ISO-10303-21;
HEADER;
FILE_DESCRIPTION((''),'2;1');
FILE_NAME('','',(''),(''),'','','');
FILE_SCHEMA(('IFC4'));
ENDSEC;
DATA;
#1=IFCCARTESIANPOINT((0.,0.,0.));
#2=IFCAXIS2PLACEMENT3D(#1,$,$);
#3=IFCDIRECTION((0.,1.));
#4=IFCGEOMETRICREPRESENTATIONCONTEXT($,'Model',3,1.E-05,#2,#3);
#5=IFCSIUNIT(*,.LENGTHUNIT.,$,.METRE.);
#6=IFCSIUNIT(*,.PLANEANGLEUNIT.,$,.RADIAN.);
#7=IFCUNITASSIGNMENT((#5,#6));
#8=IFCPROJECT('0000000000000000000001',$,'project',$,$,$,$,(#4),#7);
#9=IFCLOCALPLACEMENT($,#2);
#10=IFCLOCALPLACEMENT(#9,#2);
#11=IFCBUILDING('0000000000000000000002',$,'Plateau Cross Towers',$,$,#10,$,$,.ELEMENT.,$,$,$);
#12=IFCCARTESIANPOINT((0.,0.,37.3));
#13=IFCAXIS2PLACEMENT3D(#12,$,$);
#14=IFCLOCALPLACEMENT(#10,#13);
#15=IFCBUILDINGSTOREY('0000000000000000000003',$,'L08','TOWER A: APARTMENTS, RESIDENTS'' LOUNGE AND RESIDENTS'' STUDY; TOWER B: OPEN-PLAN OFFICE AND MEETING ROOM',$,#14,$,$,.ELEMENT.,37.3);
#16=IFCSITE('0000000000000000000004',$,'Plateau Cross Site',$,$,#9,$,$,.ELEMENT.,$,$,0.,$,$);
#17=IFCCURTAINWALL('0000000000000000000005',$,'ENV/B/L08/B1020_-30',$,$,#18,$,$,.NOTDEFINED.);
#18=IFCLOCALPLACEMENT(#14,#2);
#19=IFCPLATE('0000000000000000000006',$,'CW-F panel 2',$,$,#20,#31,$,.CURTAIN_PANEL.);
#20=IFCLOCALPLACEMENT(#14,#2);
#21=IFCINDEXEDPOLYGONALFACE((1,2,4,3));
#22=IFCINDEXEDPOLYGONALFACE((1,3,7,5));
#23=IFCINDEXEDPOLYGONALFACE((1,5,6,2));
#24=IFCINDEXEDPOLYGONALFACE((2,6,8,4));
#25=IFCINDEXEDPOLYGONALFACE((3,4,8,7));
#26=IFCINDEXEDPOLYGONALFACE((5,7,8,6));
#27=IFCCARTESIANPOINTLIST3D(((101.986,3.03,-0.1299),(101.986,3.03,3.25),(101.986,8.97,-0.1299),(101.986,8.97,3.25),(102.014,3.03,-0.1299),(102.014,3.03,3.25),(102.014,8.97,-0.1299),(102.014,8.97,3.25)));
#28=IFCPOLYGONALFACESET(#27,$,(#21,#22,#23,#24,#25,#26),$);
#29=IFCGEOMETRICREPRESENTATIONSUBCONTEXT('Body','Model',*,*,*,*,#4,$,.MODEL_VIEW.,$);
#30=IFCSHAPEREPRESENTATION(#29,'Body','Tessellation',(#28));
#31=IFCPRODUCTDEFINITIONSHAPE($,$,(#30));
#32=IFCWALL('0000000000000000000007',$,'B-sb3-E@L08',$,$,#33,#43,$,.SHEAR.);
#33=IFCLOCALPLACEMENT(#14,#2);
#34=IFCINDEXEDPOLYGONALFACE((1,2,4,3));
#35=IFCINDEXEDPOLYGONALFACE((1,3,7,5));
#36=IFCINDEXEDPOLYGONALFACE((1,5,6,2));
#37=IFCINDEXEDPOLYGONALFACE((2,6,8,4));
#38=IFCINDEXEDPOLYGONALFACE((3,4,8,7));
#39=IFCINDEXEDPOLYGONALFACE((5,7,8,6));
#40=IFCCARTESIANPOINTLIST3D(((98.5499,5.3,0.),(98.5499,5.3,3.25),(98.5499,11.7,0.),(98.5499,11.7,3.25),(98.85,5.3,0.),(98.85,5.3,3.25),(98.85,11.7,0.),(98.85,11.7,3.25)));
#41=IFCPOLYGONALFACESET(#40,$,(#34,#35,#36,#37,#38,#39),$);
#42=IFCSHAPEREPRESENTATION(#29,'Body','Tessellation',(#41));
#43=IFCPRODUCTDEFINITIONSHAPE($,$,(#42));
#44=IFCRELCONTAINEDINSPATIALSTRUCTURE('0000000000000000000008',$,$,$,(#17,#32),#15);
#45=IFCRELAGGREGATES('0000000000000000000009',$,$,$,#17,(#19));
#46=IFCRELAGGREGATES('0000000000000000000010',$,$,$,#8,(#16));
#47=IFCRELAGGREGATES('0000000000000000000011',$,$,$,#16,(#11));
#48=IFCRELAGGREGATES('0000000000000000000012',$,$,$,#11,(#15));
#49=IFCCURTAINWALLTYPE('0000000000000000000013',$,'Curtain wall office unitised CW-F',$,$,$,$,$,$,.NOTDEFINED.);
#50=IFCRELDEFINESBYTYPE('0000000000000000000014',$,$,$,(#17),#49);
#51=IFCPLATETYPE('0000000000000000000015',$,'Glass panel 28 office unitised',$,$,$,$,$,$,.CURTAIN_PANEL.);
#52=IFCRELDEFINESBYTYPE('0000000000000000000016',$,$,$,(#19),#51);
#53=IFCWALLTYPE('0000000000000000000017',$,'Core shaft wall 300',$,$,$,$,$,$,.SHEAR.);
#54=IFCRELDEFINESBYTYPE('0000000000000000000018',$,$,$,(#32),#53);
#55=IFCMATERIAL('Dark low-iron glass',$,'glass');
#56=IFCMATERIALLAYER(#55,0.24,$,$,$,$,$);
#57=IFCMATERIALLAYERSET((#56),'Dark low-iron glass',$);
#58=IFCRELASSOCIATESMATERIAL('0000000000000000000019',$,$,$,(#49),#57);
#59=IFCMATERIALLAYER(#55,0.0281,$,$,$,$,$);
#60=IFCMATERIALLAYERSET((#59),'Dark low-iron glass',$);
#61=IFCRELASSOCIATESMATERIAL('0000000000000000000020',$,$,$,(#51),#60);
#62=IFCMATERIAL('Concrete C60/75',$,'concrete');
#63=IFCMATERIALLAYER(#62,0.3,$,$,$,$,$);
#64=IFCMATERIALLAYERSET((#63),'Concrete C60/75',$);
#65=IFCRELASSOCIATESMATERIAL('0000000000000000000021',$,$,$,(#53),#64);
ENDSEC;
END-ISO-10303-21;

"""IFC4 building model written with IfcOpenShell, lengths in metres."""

from ifc_helpers import new_model, si_unit, direction, frame, frame_2d, origin, origin_2d, place, context, subcontext, project, spatial, rectangle, extrude, material, layer, layer_set, type_object, element, aggregate, save


model = new_model("IFC4")

# Units and contexts
model_context = context("Model", 3, precision=1e-05, world=origin(), true_north=direction((0.0, 1.0)))
body_context = subcontext(model_context, "Body", "Model", "MODEL_VIEW")
ifc_project = project(units=[si_unit("LENGTHUNIT", "METRE"), si_unit("PLANEANGLEUNIT", "RADIAN")], contexts=[model_context])

# Site, building, storey
site_placement = place(None, origin())
site = spatial("IfcSite", under=ifc_project, at=site_placement, Name="Plateau Cross Site", CompositionType="ELEMENT", RefElevation=0.0)
building_placement = place(site_placement, origin())
building = spatial("IfcBuilding", under=site, at=building_placement, Name="Plateau Cross Towers", CompositionType="ELEMENT")
storey_placement = place(building_placement, frame((0.0, 0.0, 37.3)))
storey = spatial("IfcBuildingStorey", under=building, at=storey_placement, Name="L08", Description="TOWER A: APARTMENTS, RESIDENTS' LOUNGE AND RESIDENTS' STUDY; TOWER B: OPEN-PLAN OFFICE AND MEETING ROOM", CompositionType="ELEMENT", Elevation=37.3)

# Shared definitions
ifc_material_1 = material(Name="Concrete C60/75", Category="concrete")

# Shared definitions
ifc_material_2 = material(Name="Dark low-iron glass", Category="glass")
ifc_layer_1 = layer(ifc_material_2, 0.24)
ifc_layer_set_1 = layer_set([ifc_layer_1], Name="Dark low-iron glass")
curtain_wall_type = type_object("IfcCurtainWallType", Name="Curtain wall office unitised CW-F", PredefinedType="NOTDEFINED", material=ifc_layer_set_1)

# Curtain wall
curtain_wall_1_placement = place(storey_placement, origin())
curtain_wall_1 = element("IfcCurtainWall", 1, at=curtain_wall_1_placement, inside=storey, type_object=curtain_wall_type, Name="ENV/B/L08/B1020_-30", PredefinedType="NOTDEFINED")

# Plate
ifc_layer_2 = layer(ifc_material_2, 0.0281)
ifc_layer_set_2 = layer_set([ifc_layer_2], Name="Dark low-iron glass")
plate_type = type_object("IfcPlateType", Name="Glass panel 28 office unitised", PredefinedType="CURTAIN_PANEL", material=ifc_layer_set_2)
plate_1_placement = place(storey_placement, frame((102.0, 6.0, -0.1299), z_axis=(0.0, 0.0, 1.0), x_axis=(0.0, 1.0, 0.0)))
plate_1 = element("IfcPlate", 2, at=plate_1_placement, type_object=plate_type, Name="CW-F panel 2", PredefinedType="CURTAIN_PANEL", context=body_context, shape_type="SweptSolid", body=[
    extrude(rectangle(XDim=5.9399, YDim=0.0281, at=origin_2d()), origin(), (0.0, 0.0, 1.0), 3.3799),
])
aggregate(curtain_wall_1, [plate_1])

# Wall
ifc_layer_3 = layer(ifc_material_1, 0.3)
ifc_layer_set_3 = layer_set([ifc_layer_3], Name="Concrete C60/75")
wall_type = type_object("IfcWallType", Name="Core shaft wall 300", PredefinedType="SHEAR", material=ifc_layer_set_3)
wall_placement = place(storey_placement, frame((98.7, 5.3, 0.0), z_axis=(0.0, 0.0, 1.0), x_axis=(0.0, 1.0, 0.0)))
element("IfcWall", 3, at=wall_placement, inside=storey, type_object=wall_type, Name="B-sb3-E@L08", PredefinedType="SHEAR", context=body_context, shape_type="SweptSolid", body=[
    extrude(rectangle(XDim=6.3999, YDim=0.3, at=frame_2d((3.2, 0.0))), origin(), (0.0, 0.0, 1.0), 3.25),
])

save(model, "model.ifc")
